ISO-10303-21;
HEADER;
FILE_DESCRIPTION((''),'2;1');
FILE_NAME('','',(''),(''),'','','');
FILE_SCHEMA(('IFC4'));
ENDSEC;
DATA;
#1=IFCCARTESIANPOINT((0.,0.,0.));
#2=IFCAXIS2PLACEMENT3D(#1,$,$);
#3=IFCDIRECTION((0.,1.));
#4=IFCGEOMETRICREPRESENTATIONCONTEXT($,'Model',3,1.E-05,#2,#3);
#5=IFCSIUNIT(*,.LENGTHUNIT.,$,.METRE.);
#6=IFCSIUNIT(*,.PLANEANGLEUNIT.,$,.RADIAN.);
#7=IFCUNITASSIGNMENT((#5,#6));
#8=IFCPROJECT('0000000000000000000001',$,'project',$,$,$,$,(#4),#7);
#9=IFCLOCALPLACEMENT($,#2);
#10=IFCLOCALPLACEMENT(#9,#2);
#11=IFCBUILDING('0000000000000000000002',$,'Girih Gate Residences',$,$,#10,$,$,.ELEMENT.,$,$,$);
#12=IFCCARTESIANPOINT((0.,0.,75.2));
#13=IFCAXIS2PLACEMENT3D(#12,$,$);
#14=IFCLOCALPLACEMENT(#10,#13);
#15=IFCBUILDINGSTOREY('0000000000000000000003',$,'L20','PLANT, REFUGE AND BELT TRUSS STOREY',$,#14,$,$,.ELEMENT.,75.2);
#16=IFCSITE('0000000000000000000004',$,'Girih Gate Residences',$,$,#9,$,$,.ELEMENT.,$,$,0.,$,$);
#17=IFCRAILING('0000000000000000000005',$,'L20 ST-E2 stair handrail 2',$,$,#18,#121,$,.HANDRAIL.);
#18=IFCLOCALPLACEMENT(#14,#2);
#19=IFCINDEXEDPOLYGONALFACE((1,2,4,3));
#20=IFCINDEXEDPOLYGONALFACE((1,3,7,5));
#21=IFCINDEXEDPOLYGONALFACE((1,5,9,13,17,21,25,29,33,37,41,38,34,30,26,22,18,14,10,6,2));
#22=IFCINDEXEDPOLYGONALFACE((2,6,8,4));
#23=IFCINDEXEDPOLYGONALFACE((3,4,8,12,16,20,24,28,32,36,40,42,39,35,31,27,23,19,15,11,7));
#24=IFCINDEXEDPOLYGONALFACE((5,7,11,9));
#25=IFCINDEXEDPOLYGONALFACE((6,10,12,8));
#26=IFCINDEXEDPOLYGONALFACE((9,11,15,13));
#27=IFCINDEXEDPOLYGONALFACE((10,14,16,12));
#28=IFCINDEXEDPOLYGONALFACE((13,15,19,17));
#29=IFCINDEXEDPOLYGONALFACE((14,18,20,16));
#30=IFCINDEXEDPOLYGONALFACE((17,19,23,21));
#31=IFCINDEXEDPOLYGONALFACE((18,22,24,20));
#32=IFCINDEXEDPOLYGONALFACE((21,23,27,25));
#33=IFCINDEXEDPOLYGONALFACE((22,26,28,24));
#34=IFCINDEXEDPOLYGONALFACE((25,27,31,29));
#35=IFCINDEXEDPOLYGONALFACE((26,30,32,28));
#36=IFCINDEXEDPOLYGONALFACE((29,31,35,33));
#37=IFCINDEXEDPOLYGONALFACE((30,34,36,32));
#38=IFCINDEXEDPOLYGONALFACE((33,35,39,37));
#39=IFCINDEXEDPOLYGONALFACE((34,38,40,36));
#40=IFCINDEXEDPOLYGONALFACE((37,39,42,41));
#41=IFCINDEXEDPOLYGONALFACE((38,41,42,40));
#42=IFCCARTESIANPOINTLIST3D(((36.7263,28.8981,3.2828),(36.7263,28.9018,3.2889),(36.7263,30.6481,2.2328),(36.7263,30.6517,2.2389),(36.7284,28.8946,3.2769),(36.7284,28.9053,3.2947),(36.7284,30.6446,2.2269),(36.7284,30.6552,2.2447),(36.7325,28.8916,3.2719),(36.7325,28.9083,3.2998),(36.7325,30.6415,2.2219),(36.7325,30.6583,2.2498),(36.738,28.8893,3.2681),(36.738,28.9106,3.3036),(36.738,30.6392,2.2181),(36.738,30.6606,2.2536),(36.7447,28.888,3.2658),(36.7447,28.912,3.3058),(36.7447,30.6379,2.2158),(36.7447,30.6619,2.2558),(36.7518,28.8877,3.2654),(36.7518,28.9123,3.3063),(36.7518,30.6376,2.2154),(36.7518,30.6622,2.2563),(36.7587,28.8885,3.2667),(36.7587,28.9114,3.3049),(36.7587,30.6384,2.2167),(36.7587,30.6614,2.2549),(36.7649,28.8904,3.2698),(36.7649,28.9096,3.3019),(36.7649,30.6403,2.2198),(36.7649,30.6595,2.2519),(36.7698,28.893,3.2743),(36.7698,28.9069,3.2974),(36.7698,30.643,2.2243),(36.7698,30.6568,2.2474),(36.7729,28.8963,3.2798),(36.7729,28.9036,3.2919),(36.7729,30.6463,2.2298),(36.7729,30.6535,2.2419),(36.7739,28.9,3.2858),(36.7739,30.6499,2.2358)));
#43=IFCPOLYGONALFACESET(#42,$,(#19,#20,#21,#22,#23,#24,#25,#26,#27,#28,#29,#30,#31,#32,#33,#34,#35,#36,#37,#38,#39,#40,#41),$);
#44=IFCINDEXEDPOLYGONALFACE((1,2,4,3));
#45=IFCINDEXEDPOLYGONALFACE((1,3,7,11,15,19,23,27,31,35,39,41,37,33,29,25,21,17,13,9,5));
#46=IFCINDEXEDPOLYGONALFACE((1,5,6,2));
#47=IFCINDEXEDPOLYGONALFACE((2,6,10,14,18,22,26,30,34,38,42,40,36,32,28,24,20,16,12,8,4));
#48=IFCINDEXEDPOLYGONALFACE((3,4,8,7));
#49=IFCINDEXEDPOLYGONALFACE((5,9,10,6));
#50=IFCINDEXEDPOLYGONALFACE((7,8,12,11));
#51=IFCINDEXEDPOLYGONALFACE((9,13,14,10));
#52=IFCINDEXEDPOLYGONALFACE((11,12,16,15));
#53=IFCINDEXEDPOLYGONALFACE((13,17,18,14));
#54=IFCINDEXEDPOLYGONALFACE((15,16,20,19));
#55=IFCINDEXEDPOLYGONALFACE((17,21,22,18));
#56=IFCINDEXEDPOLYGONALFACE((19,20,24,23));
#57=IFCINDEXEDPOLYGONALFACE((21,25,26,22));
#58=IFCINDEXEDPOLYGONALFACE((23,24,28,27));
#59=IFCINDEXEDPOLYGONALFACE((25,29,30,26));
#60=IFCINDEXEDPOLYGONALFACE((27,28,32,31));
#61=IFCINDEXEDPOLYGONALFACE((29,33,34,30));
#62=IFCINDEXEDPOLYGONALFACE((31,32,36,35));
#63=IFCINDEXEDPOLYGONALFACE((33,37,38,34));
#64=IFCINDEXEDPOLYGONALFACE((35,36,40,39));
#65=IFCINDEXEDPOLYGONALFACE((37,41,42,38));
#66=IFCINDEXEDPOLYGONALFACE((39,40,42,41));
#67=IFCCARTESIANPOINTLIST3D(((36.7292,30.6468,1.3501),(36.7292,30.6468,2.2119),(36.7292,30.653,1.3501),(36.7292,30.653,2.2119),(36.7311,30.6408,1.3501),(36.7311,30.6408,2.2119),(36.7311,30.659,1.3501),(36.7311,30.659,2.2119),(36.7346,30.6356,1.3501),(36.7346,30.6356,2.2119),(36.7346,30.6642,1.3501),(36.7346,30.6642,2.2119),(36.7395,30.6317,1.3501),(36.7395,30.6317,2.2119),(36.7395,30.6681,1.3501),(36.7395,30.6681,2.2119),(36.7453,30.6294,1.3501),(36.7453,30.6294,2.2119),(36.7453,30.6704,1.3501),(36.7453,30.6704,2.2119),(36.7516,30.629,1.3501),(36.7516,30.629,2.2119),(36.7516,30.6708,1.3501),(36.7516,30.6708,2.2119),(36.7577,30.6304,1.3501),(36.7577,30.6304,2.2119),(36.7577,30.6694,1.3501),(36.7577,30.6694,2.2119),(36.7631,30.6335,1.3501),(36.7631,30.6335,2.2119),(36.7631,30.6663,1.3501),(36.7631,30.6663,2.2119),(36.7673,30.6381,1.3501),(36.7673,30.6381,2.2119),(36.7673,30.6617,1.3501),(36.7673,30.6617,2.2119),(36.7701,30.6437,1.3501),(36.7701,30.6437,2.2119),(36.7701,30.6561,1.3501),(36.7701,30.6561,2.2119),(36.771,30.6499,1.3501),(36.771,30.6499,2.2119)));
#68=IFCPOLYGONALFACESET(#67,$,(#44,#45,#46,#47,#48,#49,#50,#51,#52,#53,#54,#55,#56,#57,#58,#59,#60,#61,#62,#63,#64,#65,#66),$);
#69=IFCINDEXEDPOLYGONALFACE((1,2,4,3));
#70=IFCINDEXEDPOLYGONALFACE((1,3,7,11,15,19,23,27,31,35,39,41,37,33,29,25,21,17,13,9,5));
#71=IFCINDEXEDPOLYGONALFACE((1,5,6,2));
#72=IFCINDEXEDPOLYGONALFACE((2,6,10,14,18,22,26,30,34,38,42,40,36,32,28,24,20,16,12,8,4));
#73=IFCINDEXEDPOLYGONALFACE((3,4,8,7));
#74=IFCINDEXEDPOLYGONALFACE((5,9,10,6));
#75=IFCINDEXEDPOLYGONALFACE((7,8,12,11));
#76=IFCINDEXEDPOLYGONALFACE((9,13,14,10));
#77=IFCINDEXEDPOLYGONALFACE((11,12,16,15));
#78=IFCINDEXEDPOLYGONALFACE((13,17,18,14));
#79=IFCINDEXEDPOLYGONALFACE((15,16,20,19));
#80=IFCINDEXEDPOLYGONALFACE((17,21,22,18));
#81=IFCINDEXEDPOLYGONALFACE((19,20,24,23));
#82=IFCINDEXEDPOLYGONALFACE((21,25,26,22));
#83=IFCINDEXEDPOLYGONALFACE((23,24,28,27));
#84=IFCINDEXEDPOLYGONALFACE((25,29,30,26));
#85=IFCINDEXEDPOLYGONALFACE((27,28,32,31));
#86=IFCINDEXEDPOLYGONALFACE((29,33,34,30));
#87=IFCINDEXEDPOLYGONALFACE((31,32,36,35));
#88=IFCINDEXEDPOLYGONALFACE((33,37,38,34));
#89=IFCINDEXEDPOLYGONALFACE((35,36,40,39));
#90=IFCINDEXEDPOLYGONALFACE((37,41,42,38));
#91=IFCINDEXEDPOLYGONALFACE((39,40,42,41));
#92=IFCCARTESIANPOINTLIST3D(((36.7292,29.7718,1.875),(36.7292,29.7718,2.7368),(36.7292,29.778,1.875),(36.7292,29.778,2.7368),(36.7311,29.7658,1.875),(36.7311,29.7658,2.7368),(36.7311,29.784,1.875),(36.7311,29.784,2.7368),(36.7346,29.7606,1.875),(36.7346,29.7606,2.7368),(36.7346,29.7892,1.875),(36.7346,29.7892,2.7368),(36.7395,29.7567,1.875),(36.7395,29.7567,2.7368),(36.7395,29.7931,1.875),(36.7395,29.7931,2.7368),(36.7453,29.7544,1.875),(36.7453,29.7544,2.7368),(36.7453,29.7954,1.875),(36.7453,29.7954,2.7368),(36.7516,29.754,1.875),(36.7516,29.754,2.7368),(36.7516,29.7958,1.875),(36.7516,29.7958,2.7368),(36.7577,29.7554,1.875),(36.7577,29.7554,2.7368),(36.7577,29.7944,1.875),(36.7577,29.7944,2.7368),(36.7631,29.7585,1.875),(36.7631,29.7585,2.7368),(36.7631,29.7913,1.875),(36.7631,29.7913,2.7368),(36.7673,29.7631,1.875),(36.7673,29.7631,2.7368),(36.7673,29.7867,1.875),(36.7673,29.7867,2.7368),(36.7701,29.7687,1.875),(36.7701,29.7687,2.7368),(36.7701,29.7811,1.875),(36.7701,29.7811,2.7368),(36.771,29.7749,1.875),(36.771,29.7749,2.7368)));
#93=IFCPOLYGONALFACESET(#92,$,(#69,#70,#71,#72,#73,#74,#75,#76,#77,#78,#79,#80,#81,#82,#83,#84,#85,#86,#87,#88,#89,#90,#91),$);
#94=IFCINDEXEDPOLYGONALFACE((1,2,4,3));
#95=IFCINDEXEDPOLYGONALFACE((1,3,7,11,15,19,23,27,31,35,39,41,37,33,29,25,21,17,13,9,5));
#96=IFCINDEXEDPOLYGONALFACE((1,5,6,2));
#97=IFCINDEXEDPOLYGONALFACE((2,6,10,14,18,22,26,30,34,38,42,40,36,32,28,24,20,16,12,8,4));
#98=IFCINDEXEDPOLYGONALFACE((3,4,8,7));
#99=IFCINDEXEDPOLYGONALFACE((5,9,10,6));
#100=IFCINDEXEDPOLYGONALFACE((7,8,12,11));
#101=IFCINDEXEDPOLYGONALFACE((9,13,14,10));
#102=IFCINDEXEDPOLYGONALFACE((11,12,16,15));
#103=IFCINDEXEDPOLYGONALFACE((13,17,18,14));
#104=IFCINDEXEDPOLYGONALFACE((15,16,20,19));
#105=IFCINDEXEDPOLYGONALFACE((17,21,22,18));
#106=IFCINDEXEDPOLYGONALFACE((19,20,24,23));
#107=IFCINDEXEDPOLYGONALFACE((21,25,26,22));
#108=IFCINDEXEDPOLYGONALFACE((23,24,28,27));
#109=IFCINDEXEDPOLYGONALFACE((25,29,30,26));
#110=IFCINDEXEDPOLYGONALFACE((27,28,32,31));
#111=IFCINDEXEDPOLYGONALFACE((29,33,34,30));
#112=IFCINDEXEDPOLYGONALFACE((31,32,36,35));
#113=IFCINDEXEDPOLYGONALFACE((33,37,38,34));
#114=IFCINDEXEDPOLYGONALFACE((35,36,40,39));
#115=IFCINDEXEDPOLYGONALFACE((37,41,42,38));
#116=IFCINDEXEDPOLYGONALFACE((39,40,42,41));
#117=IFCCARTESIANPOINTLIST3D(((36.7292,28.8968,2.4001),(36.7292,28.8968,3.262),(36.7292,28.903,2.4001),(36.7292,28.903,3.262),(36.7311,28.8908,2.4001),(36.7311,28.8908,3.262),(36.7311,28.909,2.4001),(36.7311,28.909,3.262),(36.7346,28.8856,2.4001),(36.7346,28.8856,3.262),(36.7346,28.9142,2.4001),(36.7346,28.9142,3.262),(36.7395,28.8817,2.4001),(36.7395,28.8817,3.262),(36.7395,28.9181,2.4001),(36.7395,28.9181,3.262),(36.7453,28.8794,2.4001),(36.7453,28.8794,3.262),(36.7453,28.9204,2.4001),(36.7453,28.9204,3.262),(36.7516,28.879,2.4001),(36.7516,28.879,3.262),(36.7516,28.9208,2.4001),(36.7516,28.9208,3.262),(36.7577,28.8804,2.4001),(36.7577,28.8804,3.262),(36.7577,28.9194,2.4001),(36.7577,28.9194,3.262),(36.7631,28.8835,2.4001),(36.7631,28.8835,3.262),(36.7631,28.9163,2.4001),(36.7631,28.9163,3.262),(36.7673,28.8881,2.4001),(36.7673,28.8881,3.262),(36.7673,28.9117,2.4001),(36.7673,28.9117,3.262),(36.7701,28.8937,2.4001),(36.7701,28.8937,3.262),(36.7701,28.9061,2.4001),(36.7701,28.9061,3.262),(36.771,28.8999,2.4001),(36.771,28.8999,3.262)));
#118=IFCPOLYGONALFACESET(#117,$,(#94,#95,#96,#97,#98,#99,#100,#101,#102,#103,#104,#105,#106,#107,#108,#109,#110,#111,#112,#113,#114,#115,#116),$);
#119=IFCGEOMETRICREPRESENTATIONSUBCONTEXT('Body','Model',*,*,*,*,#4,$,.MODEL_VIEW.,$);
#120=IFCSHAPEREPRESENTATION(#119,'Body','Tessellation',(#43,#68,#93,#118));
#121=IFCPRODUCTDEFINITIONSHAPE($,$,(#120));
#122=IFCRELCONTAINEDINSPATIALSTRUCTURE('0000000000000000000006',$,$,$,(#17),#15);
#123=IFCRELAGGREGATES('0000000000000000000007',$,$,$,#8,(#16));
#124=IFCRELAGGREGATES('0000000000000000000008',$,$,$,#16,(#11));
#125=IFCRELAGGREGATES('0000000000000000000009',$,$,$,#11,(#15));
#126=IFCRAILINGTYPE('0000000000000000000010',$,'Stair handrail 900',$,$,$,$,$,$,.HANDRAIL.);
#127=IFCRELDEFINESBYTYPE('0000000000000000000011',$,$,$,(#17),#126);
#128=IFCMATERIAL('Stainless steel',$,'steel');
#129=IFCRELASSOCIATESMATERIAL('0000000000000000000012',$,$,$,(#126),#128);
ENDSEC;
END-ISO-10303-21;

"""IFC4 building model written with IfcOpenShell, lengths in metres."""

from ifc_helpers import new_model, si_unit, direction, frame, origin, origin_2d, place, context, subcontext, project, spatial, circle, extrude, material, type_object, element, save


model = new_model("IFC4")

# Units and contexts
model_context = context("Model", 3, precision=1e-05, world=origin(), true_north=direction((0.0, 1.0)))
body_context = subcontext(model_context, "Body", "Model", "MODEL_VIEW")
ifc_project = project(units=[si_unit("LENGTHUNIT", "METRE"), si_unit("PLANEANGLEUNIT", "RADIAN")], contexts=[model_context])

# Site, building, storey
site_placement = place(None, origin())
site = spatial("IfcSite", under=ifc_project, at=site_placement, Name="Girih Gate Residences", CompositionType="ELEMENT", RefElevation=0.0)
building_placement = place(site_placement, origin())
building = spatial("IfcBuilding", under=site, at=building_placement, Name="Girih Gate Residences", CompositionType="ELEMENT")
storey_placement = place(building_placement, frame((0.0, 0.0, 75.2)))
storey = spatial("IfcBuildingStorey", under=building, at=storey_placement, Name="L20", Description="PLANT, REFUGE AND BELT TRUSS STOREY", CompositionType="ELEMENT", Elevation=75.2)

# Railing
ifc_material_1 = material(Name="Stainless steel", Category="steel")
railing_type_1 = type_object("IfcRailingType", Name="Stair handrail 900", PredefinedType="HANDRAIL", material=ifc_material_1)
railing_1_placement = place(storey_placement, frame((36.75, 30.6499, 1.3501)))
element("IfcRailing", 1, at=railing_1_placement, inside=storey, type_object=railing_type_1, Name="L20 ST-E2 stair handrail 2", PredefinedType="HANDRAIL", context=body_context, shape_type="SweptSolid", body=[
    extrude(circle(Radius=0.0239, at=origin_2d()), frame((0.0, 0.0, 0.8857), z_axis=(0.0, -0.857482, 0.514513), x_axis=(1.0, 0.0, 0.0)), (0.0, 0.0, 1.0), 2.0408),
    extrude(circle(Radius=0.021, at=origin_2d()), origin(), (0.0, 0.0, 1.0), 0.8618),
    extrude(circle(Radius=0.021, at=origin_2d()), frame((0.0, -0.875, 0.5249)), (0.0, 0.0, 1.0), 0.8618),
    extrude(circle(Radius=0.021, at=origin_2d()), frame((0.0, -1.75, 1.05)), (0.0, 0.0, 1.0), 0.8618),
])

save(model, "model.ifc")
